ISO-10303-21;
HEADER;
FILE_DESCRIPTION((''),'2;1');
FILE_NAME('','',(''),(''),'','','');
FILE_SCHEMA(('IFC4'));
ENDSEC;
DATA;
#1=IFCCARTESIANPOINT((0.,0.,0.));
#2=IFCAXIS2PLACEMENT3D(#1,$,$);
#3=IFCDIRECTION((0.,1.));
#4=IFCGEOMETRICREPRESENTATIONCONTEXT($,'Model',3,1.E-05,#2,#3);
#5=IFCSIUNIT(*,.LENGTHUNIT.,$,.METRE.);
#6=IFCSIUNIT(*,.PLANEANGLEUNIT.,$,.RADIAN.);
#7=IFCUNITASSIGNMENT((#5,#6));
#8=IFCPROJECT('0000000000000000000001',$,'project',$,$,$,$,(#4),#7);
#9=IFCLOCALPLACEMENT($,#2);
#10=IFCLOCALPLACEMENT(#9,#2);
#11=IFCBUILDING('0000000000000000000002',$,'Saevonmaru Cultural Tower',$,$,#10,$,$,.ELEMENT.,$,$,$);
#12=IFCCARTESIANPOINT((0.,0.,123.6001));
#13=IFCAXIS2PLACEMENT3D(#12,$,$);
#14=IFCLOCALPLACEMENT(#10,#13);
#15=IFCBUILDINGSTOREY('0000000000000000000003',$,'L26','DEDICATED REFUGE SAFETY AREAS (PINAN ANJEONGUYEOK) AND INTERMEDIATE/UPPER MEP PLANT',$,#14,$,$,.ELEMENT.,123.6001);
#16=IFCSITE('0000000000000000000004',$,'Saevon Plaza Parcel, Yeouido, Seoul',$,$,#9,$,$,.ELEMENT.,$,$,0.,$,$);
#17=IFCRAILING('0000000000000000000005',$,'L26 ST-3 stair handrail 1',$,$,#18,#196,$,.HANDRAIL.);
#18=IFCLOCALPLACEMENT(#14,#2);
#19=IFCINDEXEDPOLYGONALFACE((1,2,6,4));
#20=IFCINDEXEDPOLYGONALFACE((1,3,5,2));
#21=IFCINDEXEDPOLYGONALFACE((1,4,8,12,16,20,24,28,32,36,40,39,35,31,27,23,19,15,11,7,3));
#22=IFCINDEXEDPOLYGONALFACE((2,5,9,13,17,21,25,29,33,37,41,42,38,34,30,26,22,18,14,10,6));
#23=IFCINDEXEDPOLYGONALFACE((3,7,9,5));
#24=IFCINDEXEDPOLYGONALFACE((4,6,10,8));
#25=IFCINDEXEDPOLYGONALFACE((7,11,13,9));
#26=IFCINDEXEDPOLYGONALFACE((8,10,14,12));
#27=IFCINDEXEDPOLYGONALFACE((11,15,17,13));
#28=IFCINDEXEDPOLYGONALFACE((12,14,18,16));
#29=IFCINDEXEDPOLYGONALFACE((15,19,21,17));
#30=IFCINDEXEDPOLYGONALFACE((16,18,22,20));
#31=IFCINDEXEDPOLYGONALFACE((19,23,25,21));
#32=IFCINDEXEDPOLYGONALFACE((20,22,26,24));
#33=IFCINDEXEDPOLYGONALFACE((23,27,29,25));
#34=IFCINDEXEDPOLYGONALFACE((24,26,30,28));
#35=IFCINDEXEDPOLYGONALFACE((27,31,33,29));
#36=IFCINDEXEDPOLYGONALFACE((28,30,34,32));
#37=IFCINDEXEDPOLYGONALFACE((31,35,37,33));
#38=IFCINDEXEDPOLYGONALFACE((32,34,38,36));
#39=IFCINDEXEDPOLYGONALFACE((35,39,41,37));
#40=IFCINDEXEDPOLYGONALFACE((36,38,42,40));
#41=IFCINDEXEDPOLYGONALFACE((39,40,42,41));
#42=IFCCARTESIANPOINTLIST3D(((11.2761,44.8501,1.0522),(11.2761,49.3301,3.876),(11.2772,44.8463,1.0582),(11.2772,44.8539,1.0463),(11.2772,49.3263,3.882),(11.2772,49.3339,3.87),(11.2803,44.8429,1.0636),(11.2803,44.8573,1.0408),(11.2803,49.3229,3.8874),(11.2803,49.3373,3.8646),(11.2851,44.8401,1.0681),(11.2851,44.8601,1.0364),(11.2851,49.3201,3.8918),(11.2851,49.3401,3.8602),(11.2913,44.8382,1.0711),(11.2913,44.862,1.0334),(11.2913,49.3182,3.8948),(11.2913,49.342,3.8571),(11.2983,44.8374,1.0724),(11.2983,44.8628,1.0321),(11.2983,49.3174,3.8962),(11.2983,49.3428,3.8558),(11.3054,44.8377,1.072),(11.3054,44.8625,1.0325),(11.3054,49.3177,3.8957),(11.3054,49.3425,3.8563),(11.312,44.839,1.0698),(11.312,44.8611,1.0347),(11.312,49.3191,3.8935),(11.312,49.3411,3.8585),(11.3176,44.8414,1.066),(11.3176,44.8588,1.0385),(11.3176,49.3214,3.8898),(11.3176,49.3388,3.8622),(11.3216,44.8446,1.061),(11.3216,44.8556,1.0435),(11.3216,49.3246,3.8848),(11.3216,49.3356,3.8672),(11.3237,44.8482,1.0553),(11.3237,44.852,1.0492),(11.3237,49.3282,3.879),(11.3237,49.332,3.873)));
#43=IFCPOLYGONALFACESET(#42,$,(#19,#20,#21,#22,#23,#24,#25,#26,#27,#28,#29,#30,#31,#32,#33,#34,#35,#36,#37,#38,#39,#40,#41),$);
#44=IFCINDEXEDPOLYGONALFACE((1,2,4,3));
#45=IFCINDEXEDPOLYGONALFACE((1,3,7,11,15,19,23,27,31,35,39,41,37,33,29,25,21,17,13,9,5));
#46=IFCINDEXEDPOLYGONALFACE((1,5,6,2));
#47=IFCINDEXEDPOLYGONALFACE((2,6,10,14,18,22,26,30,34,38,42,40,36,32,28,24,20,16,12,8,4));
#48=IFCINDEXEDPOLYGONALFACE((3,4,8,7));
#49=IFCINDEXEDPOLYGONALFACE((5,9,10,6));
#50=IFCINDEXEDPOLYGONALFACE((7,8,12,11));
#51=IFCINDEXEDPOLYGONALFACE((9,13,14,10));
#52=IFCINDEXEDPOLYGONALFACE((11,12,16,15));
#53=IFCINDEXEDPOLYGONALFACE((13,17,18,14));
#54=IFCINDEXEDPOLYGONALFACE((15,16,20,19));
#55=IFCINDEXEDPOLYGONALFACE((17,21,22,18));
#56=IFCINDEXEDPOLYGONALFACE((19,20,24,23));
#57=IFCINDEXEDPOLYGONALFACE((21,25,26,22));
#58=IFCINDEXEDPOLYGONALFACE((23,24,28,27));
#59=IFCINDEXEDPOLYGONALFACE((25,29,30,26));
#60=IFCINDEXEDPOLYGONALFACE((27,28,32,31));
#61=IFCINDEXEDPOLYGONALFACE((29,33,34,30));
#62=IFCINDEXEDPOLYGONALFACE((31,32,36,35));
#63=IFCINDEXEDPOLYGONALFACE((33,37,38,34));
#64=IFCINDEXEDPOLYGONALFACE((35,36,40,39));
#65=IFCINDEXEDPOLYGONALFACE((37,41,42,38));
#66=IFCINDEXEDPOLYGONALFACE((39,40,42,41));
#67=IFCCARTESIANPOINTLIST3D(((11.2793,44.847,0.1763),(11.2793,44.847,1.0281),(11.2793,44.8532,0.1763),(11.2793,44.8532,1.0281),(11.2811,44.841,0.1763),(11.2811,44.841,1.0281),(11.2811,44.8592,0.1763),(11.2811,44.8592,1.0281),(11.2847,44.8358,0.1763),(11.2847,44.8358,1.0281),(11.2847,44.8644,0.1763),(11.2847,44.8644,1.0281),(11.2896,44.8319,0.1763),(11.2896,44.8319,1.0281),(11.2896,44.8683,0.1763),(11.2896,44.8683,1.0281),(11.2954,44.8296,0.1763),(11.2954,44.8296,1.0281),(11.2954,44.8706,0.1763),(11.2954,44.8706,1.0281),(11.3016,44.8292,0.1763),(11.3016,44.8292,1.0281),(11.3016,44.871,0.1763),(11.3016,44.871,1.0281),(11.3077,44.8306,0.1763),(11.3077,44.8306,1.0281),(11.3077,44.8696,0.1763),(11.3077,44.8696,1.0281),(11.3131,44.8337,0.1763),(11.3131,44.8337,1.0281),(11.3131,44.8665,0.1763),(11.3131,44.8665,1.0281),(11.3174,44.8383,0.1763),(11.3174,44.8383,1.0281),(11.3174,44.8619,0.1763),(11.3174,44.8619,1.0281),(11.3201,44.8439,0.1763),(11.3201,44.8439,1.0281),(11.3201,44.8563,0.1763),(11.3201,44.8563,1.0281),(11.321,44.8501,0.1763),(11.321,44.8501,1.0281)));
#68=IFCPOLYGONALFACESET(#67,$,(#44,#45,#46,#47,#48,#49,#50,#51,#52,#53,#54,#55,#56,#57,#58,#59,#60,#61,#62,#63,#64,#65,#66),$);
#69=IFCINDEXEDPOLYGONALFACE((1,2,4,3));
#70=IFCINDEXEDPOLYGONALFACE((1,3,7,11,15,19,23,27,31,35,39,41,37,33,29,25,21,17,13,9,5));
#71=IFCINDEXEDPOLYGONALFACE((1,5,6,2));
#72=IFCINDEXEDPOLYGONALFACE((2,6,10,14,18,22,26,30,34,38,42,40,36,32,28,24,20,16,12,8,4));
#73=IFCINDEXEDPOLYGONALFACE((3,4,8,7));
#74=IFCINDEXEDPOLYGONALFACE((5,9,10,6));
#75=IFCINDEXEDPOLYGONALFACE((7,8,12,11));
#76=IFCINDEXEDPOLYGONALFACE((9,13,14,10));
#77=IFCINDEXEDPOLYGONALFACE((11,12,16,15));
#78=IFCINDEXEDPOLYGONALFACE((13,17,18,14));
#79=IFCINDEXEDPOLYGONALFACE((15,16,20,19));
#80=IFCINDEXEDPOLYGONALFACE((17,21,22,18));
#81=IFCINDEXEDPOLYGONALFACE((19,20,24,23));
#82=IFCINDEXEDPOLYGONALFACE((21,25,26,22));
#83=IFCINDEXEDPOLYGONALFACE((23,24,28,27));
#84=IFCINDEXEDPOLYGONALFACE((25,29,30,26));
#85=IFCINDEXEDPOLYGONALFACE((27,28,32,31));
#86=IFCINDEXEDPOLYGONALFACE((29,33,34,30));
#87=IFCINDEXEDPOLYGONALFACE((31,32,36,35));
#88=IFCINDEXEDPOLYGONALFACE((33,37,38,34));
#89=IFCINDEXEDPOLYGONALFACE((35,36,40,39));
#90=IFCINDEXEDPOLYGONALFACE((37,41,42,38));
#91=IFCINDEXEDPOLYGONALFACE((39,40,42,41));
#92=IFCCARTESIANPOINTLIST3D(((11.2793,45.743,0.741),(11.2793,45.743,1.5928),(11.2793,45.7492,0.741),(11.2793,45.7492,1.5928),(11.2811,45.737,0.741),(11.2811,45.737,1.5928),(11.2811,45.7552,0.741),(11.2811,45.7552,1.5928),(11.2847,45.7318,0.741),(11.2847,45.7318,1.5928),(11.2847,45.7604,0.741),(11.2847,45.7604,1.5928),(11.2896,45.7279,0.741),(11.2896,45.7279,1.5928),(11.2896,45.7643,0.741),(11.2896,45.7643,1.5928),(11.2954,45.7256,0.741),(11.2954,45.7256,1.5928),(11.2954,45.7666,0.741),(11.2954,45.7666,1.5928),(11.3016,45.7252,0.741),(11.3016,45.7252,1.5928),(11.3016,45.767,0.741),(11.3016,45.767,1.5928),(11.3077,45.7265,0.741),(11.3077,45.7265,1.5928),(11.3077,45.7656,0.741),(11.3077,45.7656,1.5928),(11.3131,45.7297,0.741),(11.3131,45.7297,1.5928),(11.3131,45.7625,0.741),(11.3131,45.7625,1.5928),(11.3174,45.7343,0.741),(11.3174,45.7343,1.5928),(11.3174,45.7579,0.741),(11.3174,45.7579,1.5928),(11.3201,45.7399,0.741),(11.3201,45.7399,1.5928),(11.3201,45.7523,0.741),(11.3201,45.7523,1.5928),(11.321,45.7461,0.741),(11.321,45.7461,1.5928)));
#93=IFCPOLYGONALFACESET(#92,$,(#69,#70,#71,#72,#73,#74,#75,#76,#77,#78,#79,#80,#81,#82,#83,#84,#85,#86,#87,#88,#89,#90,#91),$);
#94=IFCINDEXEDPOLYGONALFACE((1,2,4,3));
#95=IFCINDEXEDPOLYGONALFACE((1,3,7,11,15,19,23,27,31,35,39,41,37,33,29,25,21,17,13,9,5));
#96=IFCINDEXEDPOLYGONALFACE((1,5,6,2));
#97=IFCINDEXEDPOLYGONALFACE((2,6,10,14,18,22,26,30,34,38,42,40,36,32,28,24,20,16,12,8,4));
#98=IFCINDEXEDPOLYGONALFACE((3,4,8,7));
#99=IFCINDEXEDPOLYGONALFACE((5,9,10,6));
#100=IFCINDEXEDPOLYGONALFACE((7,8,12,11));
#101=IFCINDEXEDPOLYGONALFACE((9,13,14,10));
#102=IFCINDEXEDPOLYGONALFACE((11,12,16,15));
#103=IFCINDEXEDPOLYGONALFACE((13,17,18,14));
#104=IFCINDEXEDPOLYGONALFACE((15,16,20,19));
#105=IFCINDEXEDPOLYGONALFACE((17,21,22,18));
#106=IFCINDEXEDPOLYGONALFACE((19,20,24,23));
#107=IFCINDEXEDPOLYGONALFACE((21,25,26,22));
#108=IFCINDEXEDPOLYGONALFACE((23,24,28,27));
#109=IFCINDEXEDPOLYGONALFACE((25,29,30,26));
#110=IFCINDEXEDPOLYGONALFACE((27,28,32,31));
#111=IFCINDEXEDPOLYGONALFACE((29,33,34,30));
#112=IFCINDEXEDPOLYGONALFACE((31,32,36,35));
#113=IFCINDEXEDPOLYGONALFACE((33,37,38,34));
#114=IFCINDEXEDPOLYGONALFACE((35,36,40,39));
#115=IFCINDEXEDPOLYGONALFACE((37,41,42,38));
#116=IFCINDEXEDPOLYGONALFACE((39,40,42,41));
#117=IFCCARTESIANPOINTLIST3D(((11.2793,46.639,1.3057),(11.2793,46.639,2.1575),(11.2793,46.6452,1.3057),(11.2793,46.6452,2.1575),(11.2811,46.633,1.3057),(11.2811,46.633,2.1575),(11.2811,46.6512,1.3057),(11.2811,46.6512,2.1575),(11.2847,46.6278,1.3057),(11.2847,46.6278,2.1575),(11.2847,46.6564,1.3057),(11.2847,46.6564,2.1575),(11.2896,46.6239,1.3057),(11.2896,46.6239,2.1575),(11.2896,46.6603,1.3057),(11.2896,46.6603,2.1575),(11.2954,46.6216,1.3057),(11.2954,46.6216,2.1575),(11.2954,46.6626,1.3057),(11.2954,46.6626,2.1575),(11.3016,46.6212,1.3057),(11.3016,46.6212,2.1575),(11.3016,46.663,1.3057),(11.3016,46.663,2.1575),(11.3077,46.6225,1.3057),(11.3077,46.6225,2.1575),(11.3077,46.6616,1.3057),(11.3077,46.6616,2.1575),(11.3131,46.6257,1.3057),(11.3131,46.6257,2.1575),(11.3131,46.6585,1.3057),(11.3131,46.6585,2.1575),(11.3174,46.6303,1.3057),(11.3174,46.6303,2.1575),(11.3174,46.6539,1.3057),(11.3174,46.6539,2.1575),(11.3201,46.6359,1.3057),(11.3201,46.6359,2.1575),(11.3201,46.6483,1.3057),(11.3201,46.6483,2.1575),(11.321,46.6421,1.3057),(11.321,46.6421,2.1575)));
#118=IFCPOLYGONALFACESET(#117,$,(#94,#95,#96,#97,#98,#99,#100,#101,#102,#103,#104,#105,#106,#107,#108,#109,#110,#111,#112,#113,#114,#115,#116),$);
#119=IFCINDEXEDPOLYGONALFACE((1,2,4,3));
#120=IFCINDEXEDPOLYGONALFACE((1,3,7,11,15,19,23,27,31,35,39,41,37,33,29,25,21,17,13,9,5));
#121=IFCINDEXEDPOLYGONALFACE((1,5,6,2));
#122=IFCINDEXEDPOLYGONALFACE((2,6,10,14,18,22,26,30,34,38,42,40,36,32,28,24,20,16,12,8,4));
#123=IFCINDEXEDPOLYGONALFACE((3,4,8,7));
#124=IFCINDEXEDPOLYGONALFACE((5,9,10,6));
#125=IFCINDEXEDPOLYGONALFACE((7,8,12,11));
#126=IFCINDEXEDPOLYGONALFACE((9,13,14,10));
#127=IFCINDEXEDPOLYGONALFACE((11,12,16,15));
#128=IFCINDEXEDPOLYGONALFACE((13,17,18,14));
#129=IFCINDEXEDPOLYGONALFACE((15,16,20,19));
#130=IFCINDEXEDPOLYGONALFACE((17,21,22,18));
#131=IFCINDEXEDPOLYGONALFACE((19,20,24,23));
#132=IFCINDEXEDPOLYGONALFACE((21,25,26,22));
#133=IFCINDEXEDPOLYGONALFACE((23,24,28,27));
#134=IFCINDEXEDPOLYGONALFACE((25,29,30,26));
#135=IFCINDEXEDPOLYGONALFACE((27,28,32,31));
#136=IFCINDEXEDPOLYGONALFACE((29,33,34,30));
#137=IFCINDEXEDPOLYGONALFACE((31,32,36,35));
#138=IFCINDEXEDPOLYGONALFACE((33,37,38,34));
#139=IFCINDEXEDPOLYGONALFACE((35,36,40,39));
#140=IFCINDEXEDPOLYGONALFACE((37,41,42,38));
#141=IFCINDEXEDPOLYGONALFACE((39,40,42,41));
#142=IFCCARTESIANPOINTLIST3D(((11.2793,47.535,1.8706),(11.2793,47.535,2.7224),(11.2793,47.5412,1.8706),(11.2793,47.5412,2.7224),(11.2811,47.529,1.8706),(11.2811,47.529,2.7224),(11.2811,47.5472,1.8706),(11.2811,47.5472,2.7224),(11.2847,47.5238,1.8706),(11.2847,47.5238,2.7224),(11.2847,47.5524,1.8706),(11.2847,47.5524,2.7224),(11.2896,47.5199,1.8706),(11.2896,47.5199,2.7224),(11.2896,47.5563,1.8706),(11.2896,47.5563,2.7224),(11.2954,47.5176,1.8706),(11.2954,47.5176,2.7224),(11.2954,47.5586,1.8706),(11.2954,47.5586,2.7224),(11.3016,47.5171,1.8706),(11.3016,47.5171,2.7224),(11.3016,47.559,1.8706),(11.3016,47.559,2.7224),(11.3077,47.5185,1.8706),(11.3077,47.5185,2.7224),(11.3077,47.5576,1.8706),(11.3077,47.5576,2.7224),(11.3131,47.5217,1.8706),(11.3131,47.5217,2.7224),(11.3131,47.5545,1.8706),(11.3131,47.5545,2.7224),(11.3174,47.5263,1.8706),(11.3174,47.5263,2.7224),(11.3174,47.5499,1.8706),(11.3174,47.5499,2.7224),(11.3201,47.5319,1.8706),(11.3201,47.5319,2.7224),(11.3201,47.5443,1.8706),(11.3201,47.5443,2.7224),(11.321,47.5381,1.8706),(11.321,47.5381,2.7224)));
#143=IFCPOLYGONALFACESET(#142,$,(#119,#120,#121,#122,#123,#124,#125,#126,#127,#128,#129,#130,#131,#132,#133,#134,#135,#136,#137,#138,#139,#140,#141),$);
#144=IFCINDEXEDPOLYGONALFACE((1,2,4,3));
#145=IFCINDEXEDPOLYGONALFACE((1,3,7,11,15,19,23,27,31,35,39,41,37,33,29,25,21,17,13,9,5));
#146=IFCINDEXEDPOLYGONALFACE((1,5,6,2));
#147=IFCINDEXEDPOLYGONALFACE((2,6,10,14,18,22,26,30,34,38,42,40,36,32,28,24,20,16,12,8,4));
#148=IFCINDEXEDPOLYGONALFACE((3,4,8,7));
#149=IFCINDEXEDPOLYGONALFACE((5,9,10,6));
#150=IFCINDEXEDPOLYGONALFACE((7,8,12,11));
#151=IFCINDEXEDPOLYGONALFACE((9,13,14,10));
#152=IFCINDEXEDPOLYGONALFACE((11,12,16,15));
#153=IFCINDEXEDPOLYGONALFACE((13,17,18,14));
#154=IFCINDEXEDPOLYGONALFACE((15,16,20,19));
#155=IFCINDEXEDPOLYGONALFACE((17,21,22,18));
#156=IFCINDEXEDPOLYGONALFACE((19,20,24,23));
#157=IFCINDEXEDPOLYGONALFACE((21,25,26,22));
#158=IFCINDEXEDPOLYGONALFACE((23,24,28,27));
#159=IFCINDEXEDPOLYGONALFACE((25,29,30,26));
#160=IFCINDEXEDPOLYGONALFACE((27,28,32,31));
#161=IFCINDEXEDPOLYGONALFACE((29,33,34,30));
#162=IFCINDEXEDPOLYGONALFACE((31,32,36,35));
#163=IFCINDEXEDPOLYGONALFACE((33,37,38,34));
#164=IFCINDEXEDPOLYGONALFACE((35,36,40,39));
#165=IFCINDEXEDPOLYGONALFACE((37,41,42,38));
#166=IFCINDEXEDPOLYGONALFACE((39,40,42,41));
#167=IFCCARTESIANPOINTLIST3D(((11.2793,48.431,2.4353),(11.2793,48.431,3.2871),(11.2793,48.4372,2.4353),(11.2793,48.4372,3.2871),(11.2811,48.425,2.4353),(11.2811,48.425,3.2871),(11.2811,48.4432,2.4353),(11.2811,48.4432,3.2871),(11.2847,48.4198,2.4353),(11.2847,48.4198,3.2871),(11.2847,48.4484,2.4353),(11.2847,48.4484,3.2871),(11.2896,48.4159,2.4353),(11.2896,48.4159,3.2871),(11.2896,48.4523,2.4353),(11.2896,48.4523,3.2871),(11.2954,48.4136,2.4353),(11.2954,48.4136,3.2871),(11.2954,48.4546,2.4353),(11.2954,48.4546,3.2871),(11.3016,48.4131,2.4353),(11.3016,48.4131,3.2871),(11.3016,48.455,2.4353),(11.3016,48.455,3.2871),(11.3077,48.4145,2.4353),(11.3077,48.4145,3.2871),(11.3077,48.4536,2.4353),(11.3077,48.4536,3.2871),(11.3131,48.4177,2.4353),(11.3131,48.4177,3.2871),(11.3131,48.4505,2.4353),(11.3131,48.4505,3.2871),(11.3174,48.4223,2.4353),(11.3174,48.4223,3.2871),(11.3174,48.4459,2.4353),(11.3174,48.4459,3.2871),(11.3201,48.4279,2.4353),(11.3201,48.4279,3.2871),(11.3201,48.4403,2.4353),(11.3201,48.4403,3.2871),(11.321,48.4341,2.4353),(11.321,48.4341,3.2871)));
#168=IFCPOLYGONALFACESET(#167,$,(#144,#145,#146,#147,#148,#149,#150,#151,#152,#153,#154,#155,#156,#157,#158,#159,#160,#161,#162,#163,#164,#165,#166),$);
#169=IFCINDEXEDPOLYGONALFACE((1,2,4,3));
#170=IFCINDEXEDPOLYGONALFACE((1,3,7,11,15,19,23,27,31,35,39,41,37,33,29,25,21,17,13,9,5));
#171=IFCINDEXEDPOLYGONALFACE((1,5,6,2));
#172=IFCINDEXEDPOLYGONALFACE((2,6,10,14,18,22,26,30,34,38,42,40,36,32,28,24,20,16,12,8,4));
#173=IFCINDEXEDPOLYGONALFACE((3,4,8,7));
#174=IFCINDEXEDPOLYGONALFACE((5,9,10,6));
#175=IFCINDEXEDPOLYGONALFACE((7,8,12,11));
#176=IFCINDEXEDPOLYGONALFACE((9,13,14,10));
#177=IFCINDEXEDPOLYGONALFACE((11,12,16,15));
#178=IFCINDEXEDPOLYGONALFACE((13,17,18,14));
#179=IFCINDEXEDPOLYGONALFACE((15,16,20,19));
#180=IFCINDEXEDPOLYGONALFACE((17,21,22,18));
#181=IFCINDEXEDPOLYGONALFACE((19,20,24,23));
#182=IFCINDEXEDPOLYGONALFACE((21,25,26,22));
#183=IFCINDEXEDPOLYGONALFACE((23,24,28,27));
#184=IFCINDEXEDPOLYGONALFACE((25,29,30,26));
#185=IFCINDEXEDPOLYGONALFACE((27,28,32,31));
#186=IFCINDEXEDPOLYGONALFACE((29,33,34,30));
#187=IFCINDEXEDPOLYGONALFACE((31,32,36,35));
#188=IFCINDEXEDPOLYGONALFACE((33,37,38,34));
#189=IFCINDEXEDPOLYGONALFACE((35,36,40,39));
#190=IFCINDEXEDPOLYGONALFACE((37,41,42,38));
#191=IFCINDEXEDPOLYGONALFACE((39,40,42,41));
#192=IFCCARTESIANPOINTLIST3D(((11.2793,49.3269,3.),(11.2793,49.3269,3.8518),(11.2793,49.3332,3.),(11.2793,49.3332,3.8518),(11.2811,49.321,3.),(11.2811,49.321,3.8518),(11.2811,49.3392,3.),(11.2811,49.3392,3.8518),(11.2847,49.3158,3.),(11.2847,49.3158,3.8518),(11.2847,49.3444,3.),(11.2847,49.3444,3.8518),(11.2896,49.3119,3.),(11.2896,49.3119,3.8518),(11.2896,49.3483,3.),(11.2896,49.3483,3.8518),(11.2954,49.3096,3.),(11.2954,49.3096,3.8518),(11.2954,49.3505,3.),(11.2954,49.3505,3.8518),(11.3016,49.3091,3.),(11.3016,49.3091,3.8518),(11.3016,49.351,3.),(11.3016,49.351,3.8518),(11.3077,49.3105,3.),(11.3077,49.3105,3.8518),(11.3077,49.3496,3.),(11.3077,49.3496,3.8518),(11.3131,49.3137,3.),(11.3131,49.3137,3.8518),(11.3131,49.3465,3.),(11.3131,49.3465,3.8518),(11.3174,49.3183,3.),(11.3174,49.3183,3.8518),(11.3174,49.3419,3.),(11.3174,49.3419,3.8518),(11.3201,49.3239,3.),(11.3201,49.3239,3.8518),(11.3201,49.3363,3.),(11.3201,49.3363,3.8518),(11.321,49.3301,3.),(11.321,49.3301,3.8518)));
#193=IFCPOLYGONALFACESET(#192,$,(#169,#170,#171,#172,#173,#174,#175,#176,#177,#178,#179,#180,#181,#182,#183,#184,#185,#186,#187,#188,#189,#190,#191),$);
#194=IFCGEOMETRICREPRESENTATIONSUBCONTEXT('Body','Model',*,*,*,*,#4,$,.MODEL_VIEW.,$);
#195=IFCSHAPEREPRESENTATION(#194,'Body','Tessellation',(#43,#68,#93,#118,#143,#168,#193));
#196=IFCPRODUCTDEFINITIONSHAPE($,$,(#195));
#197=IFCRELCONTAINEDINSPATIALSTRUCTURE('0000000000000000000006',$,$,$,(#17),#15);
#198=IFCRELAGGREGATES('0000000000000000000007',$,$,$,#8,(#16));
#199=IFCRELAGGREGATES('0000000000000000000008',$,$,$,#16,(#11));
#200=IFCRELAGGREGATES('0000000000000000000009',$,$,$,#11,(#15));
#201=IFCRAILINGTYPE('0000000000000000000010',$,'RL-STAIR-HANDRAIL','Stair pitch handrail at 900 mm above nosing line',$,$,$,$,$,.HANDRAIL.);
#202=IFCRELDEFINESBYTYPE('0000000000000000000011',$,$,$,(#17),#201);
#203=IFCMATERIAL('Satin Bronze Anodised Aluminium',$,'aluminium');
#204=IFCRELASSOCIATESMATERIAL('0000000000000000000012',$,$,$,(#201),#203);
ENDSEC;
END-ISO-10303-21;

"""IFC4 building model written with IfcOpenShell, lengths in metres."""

from ifc_helpers import new_model, si_unit, direction, frame, origin, origin_2d, place, context, subcontext, project, spatial, circle, extrude, material, type_object, element, save


model = new_model("IFC4")

# Units and contexts
model_context = context("Model", 3, precision=1e-05, world=origin(), true_north=direction((0.0, 1.0)))
body_context = subcontext(model_context, "Body", "Model", "MODEL_VIEW")
ifc_project = project(units=[si_unit("LENGTHUNIT", "METRE"), si_unit("PLANEANGLEUNIT", "RADIAN")], contexts=[model_context])

# Site, building, storey
site_placement = place(None, origin())
site = spatial("IfcSite", under=ifc_project, at=site_placement, Name="Saevon Plaza Parcel, Yeouido, Seoul", CompositionType="ELEMENT", RefElevation=0.0)
building_placement = place(site_placement, origin())
building = spatial("IfcBuilding", under=site, at=building_placement, Name="Saevonmaru Cultural Tower", CompositionType="ELEMENT")
storey_placement = place(building_placement, frame((0.0, 0.0, 123.6001)))
storey = spatial("IfcBuildingStorey", under=building, at=storey_placement, Name="L26", Description="DEDICATED REFUGE SAFETY AREAS (PINAN ANJEONGUYEOK) AND INTERMEDIATE/UPPER MEP PLANT", CompositionType="ELEMENT", Elevation=123.6001)

# Shared definitions
ifc_material_1 = material(Name="Satin Bronze Anodised Aluminium", Category="aluminium")

# Railing
railing_type_1 = type_object("IfcRailingType", Name="RL-STAIR-HANDRAIL", Description="Stair pitch handrail at 900 mm above nosing line", PredefinedType="HANDRAIL", material=ifc_material_1)
railing_1_placement = place(storey_placement, frame((11.3, 44.8501, 0.1763)))
element("IfcRailing", 1, at=railing_1_placement, inside=storey, type_object=railing_type_1, Name="L26 ST-3 stair handrail 1", PredefinedType="HANDRAIL", context=body_context, shape_type="SweptSolid", body=[
    extrude(circle(Radius=0.0239, at=origin_2d()), frame((0.0, 0.0, 0.876), z_axis=(0.0, 0.845977, 0.533219), x_axis=(-1.0, 0.0, 0.0)), (0.0, 0.0, 1.0), 5.2957),
    extrude(circle(Radius=0.021, at=origin_2d()), origin(), (0.0, 0.0, 1.0), 0.8518),
    extrude(circle(Radius=0.021, at=origin_2d()), frame((0.0, 0.896, 0.5647)), (0.0, 0.0, 1.0), 0.8518),
    extrude(circle(Radius=0.021, at=origin_2d()), frame((0.0, 1.792, 1.1294)), (0.0, 0.0, 1.0), 0.8518),
    extrude(circle(Radius=0.021, at=origin_2d()), frame((0.0, 2.688, 1.6943)), (0.0, 0.0, 1.0), 0.8518),
    extrude(circle(Radius=0.021, at=origin_2d()), frame((0.0, 3.584, 2.259)), (0.0, 0.0, 1.0), 0.8518),
    extrude(circle(Radius=0.021, at=origin_2d()), frame((0.0, 4.48, 2.8237)), (0.0, 0.0, 1.0), 0.8518),
])

save(model, "model.ifc")
